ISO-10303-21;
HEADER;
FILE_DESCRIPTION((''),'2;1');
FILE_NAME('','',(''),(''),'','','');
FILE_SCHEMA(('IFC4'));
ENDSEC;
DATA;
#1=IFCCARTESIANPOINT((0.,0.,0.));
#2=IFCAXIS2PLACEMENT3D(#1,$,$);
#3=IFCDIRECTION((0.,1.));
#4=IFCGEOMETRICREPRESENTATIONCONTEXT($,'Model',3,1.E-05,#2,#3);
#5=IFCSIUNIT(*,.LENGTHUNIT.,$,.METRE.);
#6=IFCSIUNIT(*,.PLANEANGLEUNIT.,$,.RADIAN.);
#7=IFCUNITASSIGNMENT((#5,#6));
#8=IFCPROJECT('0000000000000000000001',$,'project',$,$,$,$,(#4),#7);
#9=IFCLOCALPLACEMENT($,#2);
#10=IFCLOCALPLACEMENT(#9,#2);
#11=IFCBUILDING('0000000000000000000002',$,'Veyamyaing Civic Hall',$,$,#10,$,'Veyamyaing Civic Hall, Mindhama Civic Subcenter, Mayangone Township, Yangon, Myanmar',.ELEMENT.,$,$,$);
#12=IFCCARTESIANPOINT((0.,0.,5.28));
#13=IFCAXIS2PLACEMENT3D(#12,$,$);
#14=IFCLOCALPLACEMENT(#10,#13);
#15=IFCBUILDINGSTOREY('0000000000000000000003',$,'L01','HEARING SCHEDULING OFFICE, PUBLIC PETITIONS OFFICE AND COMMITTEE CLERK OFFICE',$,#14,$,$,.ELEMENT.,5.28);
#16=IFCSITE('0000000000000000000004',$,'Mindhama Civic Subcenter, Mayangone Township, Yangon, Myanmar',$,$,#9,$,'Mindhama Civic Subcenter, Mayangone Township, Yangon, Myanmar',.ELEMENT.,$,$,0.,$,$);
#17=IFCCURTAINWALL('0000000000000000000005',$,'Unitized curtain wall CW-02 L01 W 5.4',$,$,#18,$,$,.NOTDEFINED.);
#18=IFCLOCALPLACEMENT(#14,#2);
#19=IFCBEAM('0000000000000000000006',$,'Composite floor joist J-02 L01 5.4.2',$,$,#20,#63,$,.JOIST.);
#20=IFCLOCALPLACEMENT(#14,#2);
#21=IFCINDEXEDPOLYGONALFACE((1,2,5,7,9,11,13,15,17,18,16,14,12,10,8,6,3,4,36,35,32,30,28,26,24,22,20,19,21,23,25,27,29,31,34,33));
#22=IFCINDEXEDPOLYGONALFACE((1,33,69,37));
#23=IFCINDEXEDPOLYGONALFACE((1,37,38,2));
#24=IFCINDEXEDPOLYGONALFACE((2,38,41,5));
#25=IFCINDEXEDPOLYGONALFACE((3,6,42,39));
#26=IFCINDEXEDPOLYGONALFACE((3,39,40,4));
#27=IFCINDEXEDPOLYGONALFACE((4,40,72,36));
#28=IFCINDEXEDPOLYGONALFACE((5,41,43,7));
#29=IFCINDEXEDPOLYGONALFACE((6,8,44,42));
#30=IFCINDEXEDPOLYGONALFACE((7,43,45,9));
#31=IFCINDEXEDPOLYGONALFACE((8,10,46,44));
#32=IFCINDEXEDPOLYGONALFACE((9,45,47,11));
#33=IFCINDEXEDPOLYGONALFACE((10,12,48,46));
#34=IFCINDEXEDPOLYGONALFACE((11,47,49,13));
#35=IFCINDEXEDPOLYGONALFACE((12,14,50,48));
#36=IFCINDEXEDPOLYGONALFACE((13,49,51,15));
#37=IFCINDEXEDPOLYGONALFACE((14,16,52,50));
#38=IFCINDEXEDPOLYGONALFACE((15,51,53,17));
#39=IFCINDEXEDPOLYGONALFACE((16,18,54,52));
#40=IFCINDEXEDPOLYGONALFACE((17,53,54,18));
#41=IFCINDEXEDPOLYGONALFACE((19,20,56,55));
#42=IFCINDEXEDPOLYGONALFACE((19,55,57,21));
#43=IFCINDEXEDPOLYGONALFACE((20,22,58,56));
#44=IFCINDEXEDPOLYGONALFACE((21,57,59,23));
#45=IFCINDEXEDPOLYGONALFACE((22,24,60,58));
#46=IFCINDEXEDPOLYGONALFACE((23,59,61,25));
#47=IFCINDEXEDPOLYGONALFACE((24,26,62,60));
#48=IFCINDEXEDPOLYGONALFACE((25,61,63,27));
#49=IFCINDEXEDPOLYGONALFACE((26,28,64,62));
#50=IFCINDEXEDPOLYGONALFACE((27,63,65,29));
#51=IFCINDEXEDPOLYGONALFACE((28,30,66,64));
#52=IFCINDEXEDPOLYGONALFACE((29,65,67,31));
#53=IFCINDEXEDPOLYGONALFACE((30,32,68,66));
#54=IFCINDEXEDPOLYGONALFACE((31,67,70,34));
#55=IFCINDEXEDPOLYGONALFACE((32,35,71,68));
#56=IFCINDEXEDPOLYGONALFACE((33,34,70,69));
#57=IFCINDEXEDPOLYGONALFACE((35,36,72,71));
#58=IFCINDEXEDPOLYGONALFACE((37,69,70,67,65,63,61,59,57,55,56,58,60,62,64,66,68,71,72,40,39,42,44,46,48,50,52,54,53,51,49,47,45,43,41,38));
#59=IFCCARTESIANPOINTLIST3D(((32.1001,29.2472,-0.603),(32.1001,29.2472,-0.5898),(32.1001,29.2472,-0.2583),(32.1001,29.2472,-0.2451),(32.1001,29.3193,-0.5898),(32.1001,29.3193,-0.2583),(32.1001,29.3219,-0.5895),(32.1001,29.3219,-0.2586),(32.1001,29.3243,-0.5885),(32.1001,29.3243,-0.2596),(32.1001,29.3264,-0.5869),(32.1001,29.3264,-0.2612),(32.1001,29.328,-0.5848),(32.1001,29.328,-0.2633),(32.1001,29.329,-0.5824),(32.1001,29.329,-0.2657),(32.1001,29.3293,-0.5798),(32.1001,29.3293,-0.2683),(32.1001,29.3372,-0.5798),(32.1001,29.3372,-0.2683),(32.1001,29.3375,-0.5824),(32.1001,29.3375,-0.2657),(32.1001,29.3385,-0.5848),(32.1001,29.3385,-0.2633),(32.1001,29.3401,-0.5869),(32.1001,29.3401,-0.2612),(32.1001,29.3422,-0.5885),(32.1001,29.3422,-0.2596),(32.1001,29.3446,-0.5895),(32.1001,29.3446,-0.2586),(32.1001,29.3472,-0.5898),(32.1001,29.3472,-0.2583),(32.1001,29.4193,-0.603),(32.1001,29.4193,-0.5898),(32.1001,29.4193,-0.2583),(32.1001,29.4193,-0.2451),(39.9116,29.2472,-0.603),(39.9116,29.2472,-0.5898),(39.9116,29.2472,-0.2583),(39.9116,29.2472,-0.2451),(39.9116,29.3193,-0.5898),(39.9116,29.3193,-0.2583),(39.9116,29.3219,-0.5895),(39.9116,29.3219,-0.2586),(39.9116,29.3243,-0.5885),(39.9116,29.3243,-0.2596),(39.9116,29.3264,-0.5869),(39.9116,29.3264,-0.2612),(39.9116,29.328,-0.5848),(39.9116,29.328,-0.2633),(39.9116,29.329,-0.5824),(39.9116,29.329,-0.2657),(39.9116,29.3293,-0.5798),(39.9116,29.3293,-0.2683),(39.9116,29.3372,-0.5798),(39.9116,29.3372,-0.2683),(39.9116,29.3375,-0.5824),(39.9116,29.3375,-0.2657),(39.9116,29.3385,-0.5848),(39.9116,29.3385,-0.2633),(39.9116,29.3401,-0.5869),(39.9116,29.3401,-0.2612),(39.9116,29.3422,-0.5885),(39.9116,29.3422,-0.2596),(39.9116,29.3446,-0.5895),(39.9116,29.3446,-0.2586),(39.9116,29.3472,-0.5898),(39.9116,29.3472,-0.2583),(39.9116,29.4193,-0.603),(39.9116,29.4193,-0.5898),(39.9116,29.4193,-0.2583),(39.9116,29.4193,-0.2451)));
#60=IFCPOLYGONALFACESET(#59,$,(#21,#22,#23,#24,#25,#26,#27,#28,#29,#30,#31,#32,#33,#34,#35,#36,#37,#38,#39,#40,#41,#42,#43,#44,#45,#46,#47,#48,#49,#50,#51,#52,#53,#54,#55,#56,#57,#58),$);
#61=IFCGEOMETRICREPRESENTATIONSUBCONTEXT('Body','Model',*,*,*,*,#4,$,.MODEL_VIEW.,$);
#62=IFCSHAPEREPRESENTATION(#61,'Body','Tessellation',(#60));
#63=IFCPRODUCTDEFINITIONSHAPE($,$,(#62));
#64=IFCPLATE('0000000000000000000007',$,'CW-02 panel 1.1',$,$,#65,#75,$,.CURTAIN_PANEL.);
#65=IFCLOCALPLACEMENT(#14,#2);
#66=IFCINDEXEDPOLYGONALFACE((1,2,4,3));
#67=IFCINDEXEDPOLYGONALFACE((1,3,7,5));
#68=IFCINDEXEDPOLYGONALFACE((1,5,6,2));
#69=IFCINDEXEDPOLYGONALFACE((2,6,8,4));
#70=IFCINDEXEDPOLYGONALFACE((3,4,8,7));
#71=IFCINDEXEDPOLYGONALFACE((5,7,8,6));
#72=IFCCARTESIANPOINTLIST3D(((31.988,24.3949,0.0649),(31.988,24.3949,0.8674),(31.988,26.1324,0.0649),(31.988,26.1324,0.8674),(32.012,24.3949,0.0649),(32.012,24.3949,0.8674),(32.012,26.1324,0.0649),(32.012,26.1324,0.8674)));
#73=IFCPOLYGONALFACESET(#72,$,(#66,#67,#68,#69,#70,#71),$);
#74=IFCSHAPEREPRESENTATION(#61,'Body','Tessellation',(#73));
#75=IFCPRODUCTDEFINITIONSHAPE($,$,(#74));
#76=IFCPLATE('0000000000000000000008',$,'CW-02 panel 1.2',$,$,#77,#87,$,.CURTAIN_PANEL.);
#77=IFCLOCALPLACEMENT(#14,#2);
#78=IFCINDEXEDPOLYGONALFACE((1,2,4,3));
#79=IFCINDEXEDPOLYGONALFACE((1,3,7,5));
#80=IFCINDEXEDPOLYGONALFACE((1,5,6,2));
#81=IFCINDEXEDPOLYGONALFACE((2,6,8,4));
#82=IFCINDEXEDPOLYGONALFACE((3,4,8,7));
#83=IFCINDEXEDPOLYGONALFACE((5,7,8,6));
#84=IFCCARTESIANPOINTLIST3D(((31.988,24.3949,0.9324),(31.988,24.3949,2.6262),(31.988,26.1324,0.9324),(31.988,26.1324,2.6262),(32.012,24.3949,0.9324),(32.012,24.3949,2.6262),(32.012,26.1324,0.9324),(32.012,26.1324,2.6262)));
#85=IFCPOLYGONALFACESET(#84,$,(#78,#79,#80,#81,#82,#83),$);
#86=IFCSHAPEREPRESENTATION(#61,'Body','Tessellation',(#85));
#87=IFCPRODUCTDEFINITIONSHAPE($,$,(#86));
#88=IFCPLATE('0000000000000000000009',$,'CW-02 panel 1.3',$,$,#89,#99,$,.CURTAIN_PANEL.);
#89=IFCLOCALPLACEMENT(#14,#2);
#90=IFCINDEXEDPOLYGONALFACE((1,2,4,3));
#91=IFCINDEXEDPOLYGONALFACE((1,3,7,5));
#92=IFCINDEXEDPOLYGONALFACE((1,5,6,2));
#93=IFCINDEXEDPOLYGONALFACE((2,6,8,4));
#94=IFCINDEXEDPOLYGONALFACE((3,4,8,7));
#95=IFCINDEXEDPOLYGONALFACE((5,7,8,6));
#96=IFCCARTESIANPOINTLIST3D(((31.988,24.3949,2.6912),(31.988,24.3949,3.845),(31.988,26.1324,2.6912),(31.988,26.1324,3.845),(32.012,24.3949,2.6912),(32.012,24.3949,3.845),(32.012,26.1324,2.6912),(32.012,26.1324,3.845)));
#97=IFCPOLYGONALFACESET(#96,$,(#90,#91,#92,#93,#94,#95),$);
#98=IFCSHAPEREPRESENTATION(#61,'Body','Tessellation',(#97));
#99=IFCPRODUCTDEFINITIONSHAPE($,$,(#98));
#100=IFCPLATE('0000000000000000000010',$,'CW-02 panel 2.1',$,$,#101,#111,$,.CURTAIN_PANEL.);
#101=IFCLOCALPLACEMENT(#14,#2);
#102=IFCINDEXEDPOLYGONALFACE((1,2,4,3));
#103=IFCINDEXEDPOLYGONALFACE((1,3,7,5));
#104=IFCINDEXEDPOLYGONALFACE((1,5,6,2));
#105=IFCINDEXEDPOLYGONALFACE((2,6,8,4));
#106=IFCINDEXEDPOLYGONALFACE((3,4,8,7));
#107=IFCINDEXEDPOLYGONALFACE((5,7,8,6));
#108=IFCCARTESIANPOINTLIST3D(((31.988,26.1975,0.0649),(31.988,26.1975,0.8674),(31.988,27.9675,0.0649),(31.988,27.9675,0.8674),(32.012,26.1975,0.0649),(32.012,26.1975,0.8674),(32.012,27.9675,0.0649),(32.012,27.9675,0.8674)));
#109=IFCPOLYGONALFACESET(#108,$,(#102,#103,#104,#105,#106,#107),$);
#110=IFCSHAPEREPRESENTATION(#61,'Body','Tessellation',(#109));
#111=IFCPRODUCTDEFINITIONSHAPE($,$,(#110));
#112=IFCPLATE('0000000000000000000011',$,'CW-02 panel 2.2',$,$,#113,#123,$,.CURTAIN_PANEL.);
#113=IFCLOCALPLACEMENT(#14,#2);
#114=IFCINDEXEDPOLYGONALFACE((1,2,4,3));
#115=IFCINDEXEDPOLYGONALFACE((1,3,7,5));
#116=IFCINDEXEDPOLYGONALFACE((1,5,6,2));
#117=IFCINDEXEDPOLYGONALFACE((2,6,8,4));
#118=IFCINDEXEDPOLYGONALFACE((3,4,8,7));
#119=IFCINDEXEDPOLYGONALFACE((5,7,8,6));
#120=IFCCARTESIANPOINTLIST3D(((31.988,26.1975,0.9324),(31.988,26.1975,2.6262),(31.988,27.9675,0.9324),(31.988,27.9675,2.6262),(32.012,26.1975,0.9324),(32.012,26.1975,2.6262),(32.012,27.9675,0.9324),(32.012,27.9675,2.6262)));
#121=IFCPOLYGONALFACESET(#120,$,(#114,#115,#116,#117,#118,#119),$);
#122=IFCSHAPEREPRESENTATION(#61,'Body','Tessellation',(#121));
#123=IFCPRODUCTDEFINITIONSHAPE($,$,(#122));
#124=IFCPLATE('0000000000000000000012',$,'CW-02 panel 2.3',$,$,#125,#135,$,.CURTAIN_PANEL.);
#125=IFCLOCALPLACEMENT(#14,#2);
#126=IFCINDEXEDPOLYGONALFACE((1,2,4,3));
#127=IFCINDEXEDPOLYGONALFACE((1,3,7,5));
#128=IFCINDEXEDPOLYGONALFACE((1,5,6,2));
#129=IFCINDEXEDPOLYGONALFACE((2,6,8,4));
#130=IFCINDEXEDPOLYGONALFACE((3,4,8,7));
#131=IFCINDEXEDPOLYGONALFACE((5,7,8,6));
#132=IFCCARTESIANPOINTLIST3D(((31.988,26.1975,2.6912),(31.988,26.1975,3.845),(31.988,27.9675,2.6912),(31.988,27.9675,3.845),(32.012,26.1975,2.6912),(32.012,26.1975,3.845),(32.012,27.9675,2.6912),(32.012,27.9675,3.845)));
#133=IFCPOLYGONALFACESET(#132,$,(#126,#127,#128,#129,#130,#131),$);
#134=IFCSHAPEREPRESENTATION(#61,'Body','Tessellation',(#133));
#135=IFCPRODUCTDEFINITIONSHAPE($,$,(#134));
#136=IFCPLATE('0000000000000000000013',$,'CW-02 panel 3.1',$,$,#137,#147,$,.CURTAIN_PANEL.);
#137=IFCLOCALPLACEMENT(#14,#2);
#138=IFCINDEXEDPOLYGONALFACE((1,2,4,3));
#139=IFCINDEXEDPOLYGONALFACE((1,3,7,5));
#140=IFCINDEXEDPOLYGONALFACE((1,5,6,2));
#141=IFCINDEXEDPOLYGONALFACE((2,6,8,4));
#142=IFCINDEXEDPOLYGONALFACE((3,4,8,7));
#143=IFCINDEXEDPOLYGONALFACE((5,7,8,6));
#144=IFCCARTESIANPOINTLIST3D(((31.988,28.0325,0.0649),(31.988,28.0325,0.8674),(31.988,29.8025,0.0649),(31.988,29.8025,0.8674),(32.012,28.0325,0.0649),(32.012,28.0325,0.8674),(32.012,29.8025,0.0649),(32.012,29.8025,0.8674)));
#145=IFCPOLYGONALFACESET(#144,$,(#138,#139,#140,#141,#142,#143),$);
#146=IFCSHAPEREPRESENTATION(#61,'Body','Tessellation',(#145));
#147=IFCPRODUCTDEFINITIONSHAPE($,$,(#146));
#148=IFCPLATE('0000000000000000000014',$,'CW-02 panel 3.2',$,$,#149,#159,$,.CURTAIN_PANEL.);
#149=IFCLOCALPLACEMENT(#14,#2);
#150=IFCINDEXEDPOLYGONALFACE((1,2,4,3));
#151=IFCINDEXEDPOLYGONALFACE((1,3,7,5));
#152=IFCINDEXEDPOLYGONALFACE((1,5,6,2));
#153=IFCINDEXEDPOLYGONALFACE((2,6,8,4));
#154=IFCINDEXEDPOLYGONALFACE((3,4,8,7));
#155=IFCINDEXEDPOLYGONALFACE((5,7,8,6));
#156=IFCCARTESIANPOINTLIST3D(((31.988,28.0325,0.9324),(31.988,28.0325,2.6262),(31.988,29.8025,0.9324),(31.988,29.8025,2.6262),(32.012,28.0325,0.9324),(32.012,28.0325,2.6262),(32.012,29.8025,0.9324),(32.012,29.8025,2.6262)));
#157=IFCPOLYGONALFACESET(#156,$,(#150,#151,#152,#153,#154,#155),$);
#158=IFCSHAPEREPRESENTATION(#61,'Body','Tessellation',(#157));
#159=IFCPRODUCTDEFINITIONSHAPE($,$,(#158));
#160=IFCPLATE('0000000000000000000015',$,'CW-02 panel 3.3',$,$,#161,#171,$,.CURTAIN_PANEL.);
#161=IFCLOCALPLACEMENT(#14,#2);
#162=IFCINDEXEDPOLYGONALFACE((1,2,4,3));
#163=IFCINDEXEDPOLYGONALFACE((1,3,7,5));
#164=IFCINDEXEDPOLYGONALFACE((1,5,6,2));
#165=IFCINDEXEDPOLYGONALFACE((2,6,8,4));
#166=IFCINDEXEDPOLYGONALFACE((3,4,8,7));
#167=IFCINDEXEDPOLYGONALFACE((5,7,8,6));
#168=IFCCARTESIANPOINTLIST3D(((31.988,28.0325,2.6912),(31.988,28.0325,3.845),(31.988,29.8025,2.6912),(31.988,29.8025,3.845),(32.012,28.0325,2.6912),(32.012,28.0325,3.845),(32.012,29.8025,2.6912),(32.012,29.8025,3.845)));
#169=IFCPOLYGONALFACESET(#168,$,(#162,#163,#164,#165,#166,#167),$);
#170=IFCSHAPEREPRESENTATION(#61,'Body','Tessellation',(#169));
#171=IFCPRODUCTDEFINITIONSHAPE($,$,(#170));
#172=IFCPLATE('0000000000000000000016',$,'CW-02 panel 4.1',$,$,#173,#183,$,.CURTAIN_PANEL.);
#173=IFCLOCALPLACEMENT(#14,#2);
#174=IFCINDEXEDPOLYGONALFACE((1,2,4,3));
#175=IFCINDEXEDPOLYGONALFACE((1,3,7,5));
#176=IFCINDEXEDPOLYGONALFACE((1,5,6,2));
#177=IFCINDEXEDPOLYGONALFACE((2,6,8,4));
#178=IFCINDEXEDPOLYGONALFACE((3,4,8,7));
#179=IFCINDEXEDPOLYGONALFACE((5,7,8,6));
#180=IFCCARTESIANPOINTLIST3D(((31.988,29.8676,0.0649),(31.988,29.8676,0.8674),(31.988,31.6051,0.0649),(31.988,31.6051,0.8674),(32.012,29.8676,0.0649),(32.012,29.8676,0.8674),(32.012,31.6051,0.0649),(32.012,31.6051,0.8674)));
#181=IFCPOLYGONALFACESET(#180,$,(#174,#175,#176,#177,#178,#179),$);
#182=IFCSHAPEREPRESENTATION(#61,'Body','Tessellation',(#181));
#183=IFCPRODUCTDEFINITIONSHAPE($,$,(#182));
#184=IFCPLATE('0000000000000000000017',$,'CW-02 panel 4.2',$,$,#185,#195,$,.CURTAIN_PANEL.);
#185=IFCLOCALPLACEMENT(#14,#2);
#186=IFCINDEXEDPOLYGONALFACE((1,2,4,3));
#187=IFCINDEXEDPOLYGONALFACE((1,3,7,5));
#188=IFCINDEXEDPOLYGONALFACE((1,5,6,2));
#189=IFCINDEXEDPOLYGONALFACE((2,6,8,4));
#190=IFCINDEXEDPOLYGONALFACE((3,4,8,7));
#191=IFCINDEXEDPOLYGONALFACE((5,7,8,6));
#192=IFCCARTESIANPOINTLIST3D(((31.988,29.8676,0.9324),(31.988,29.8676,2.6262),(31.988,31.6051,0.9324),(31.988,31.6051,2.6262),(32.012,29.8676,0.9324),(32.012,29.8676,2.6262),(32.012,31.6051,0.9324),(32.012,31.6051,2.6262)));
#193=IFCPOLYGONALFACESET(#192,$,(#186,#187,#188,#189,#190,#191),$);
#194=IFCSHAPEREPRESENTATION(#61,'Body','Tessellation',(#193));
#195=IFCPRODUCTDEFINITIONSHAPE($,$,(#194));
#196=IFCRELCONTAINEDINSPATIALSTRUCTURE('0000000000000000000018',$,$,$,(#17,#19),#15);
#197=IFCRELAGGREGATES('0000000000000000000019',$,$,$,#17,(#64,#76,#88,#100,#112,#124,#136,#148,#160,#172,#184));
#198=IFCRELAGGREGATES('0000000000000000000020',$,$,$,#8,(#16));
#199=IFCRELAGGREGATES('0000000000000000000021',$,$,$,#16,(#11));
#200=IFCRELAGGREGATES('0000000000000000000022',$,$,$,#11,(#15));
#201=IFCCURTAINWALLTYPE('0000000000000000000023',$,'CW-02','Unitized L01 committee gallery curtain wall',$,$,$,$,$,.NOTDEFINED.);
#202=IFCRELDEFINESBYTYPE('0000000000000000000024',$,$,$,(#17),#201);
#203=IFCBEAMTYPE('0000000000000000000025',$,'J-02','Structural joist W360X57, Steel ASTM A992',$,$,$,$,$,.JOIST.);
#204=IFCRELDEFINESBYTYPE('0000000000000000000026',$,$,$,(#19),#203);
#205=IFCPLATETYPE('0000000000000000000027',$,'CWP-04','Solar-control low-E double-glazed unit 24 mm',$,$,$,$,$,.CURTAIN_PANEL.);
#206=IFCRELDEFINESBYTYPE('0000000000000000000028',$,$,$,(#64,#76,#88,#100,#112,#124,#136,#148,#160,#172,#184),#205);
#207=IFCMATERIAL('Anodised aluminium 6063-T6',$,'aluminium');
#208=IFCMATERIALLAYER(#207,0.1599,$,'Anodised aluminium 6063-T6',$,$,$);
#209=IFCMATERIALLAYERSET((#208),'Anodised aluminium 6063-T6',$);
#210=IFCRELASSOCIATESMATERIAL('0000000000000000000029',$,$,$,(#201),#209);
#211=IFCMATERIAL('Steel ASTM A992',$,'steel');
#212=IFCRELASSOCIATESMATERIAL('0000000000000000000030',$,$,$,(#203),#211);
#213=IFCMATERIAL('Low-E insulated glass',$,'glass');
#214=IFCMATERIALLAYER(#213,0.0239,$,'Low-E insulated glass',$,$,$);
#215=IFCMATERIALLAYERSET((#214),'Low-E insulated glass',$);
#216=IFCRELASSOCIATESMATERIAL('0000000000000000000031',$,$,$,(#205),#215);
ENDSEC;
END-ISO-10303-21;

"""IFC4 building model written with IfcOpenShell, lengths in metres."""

from ifc_helpers import new_model, si_unit, direction, frame, origin, origin_2d, place, context, subcontext, project, spatial, rectangle, i_section, extrude, material, layer, layer_set, material_profile, profile_set, type_object, element, aggregate, save


model = new_model("IFC4")

# Units and contexts
model_context = context("Model", 3, precision=1e-05, world=origin(), true_north=direction((0.0, 1.0)))
body_context = subcontext(model_context, "Body", "Model", "MODEL_VIEW")
ifc_project = project(units=[si_unit("LENGTHUNIT", "METRE"), si_unit("PLANEANGLEUNIT", "RADIAN")], contexts=[model_context])

# Site, building, storey
site_placement = place(None, origin())
site = spatial("IfcSite", under=ifc_project, at=site_placement, Name="Mindhama Civic Subcenter, Mayangone Township, Yangon, Myanmar", LongName="Mindhama Civic Subcenter, Mayangone Township, Yangon, Myanmar", CompositionType="ELEMENT", RefElevation=0.0)
building_placement = place(site_placement, origin())
building = spatial("IfcBuilding", under=site, at=building_placement, Name="Veyamyaing Civic Hall", LongName="Veyamyaing Civic Hall, Mindhama Civic Subcenter, Mayangone Township, Yangon, Myanmar", CompositionType="ELEMENT")
storey_placement = place(building_placement, frame((0.0, 0.0, 5.28)))
storey = spatial("IfcBuildingStorey", under=building, at=storey_placement, Name="L01", Description="HEARING SCHEDULING OFFICE, PUBLIC PETITIONS OFFICE AND COMMITTEE CLERK OFFICE", CompositionType="ELEMENT", Elevation=5.28)

# Shared definitions
ifc_material_1 = material(Name="Steel ASTM A992", Category="steel")

# Curtain wall
ifc_material_2 = material(Name="Anodised aluminium 6063-T6", Category="aluminium")
ifc_layer_1 = layer(ifc_material_2, 0.1599, Name="Anodised aluminium 6063-T6")
ifc_layer_set_1 = layer_set([ifc_layer_1], Name="Anodised aluminium 6063-T6")
curtain_wall_type = type_object("IfcCurtainWallType", Name="CW-02", Description="Unitized L01 committee gallery curtain wall", PredefinedType="NOTDEFINED", material=ifc_layer_set_1)
curtain_wall_placement = place(storey_placement, origin())
curtain_wall = element("IfcCurtainWall", 1, at=curtain_wall_placement, inside=storey, type_object=curtain_wall_type, Name="Unitized curtain wall CW-02 L01 W 5.4", PredefinedType="NOTDEFINED")

# Beam
ifc_material_profile_1 = material_profile(ifc_material_1, i_section(OverallWidth=0.1721, OverallDepth=0.3579, WebThickness=0.0078, FlangeThickness=0.0132, FilletRadius=0.01, at=origin_2d()), Name="W360X57")
ifc_profile_set_1 = profile_set([ifc_material_profile_1], Name="Steel ASTM A992")
beam_type_1 = type_object("IfcBeamType", Name="J-02", Description="Structural joist W360X57, Steel ASTM A992", PredefinedType="JOIST", material=ifc_profile_set_1)
for number, where, z_axis, x_axis, name in (
    (2, (32.1001, 29.3333, -0.4241), (1.0, 0.0, 0.0), (0.0, 1.0, 0.0), "Composite floor joist J-02 L01 5.4.2"),
):
    element("IfcBeam", number, at=place(storey_placement, frame(where, z_axis=z_axis, x_axis=x_axis)), inside=storey, type_object=beam_type_1, Name=name, PredefinedType="JOIST", context=body_context, shape_type="SweptSolid", body=[
        extrude(i_section(OverallWidth=0.1721, OverallDepth=0.3579, WebThickness=0.0078, FlangeThickness=0.0132, FilletRadius=0.01, at=origin_2d()), origin(), (0.0, 0.0, 1.0), 7.8115),
    ])

# Plates
ifc_material_3 = material(Name="Low-E insulated glass", Category="glass")
ifc_layer_2 = layer(ifc_material_3, 0.0239, Name="Low-E insulated glass")
ifc_layer_set_2 = layer_set([ifc_layer_2], Name="Low-E insulated glass")
plate_type = type_object("IfcPlateType", Name="CWP-04", Description="Solar-control low-E double-glazed unit 24 mm", PredefinedType="CURTAIN_PANEL", material=ifc_layer_set_2)
plate_1_placement = place(storey_placement, frame((32.0, 25.2637, 0.0649), z_axis=(0.0, 0.0, 1.0), x_axis=(0.0, 1.0, 0.0)))
plate_1 = element("IfcPlate", 3, at=plate_1_placement, type_object=plate_type, Name="CW-02 panel 1.1", PredefinedType="CURTAIN_PANEL", context=body_context, shape_type="SweptSolid", body=[
    extrude(rectangle(XDim=1.7375, YDim=0.0239, at=origin_2d()), origin(), (0.0, 0.0, 1.0), 0.8025),
])
plate_2_placement = place(storey_placement, frame((32.0, 25.2637, 0.9324), z_axis=(0.0, 0.0, 1.0), x_axis=(0.0, 1.0, 0.0)))
plate_2 = element("IfcPlate", 4, at=plate_2_placement, type_object=plate_type, Name="CW-02 panel 1.2", PredefinedType="CURTAIN_PANEL", context=body_context, shape_type="SweptSolid", body=[
    extrude(rectangle(XDim=1.7375, YDim=0.0239, at=origin_2d()), origin(), (0.0, 0.0, 1.0), 1.6938),
])
plate_3_placement = place(storey_placement, frame((32.0, 25.2637, 2.6912), z_axis=(0.0, 0.0, 1.0), x_axis=(0.0, 1.0, 0.0)))
plate_3 = element("IfcPlate", 5, at=plate_3_placement, type_object=plate_type, Name="CW-02 panel 1.3", PredefinedType="CURTAIN_PANEL", context=body_context, shape_type="SweptSolid", body=[
    extrude(rectangle(XDim=1.7375, YDim=0.0239, at=origin_2d()), origin(), (0.0, 0.0, 1.0), 1.1538),
])
plate_4_placement = place(storey_placement, frame((32.0, 27.0825, 0.0649), z_axis=(0.0, 0.0, 1.0), x_axis=(0.0, 1.0, 0.0)))
plate_4 = element("IfcPlate", 6, at=plate_4_placement, type_object=plate_type, Name="CW-02 panel 2.1", PredefinedType="CURTAIN_PANEL", context=body_context, shape_type="SweptSolid", body=[
    extrude(rectangle(XDim=1.77, YDim=0.0239, at=origin_2d()), origin(), (0.0, 0.0, 1.0), 0.8025),
])
plate_5_placement = place(storey_placement, frame((32.0, 27.0825, 0.9324), z_axis=(0.0, 0.0, 1.0), x_axis=(0.0, 1.0, 0.0)))
plate_5 = element("IfcPlate", 7, at=plate_5_placement, type_object=plate_type, Name="CW-02 panel 2.2", PredefinedType="CURTAIN_PANEL", context=body_context, shape_type="SweptSolid", body=[
    extrude(rectangle(XDim=1.77, YDim=0.0239, at=origin_2d()), origin(), (0.0, 0.0, 1.0), 1.6938),
])
plate_6_placement = place(storey_placement, frame((32.0, 27.0825, 2.6912), z_axis=(0.0, 0.0, 1.0), x_axis=(0.0, 1.0, 0.0)))
plate_6 = element("IfcPlate", 8, at=plate_6_placement, type_object=plate_type, Name="CW-02 panel 2.3", PredefinedType="CURTAIN_PANEL", context=body_context, shape_type="SweptSolid", body=[
    extrude(rectangle(XDim=1.77, YDim=0.0239, at=origin_2d()), origin(), (0.0, 0.0, 1.0), 1.1538),
])
plate_7_placement = place(storey_placement, frame((32.0, 28.9175, 0.0649), z_axis=(0.0, 0.0, 1.0), x_axis=(0.0, 1.0, 0.0)))
plate_7 = element("IfcPlate", 9, at=plate_7_placement, type_object=plate_type, Name="CW-02 panel 3.1", PredefinedType="CURTAIN_PANEL", context=body_context, shape_type="SweptSolid", body=[
    extrude(rectangle(XDim=1.77, YDim=0.0239, at=origin_2d()), origin(), (0.0, 0.0, 1.0), 0.8025),
])
plate_8_placement = place(storey_placement, frame((32.0, 28.9175, 0.9324), z_axis=(0.0, 0.0, 1.0), x_axis=(0.0, 1.0, 0.0)))
plate_8 = element("IfcPlate", 10, at=plate_8_placement, type_object=plate_type, Name="CW-02 panel 3.2", PredefinedType="CURTAIN_PANEL", context=body_context, shape_type="SweptSolid", body=[
    extrude(rectangle(XDim=1.77, YDim=0.0239, at=origin_2d()), origin(), (0.0, 0.0, 1.0), 1.6938),
])
plate_9_placement = place(storey_placement, frame((32.0, 28.9175, 2.6912), z_axis=(0.0, 0.0, 1.0), x_axis=(0.0, 1.0, 0.0)))
plate_9 = element("IfcPlate", 11, at=plate_9_placement, type_object=plate_type, Name="CW-02 panel 3.3", PredefinedType="CURTAIN_PANEL", context=body_context, shape_type="SweptSolid", body=[
    extrude(rectangle(XDim=1.77, YDim=0.0239, at=origin_2d()), origin(), (0.0, 0.0, 1.0), 1.1538),
])
plate_10_placement = place(storey_placement, frame((32.0, 30.7363, 0.0649), z_axis=(0.0, 0.0, 1.0), x_axis=(0.0, 1.0, 0.0)))
plate_10 = element("IfcPlate", 12, at=plate_10_placement, type_object=plate_type, Name="CW-02 panel 4.1", PredefinedType="CURTAIN_PANEL", context=body_context, shape_type="SweptSolid", body=[
    extrude(rectangle(XDim=1.7375, YDim=0.0239, at=origin_2d()), origin(), (0.0, 0.0, 1.0), 0.8025),
])
plate_11_placement = place(storey_placement, frame((32.0, 30.7363, 0.9324), z_axis=(0.0, 0.0, 1.0), x_axis=(0.0, 1.0, 0.0)))
plate_11 = element("IfcPlate", 13, at=plate_11_placement, type_object=plate_type, Name="CW-02 panel 4.2", PredefinedType="CURTAIN_PANEL", context=body_context, shape_type="SweptSolid", body=[
    extrude(rectangle(XDim=1.7375, YDim=0.0239, at=origin_2d()), origin(), (0.0, 0.0, 1.0), 1.6938),
])
aggregate(curtain_wall, [plate_1, plate_2, plate_3, plate_4, plate_5, plate_6, plate_7, plate_8, plate_9, plate_10, plate_11])

save(model, "model.ifc")
